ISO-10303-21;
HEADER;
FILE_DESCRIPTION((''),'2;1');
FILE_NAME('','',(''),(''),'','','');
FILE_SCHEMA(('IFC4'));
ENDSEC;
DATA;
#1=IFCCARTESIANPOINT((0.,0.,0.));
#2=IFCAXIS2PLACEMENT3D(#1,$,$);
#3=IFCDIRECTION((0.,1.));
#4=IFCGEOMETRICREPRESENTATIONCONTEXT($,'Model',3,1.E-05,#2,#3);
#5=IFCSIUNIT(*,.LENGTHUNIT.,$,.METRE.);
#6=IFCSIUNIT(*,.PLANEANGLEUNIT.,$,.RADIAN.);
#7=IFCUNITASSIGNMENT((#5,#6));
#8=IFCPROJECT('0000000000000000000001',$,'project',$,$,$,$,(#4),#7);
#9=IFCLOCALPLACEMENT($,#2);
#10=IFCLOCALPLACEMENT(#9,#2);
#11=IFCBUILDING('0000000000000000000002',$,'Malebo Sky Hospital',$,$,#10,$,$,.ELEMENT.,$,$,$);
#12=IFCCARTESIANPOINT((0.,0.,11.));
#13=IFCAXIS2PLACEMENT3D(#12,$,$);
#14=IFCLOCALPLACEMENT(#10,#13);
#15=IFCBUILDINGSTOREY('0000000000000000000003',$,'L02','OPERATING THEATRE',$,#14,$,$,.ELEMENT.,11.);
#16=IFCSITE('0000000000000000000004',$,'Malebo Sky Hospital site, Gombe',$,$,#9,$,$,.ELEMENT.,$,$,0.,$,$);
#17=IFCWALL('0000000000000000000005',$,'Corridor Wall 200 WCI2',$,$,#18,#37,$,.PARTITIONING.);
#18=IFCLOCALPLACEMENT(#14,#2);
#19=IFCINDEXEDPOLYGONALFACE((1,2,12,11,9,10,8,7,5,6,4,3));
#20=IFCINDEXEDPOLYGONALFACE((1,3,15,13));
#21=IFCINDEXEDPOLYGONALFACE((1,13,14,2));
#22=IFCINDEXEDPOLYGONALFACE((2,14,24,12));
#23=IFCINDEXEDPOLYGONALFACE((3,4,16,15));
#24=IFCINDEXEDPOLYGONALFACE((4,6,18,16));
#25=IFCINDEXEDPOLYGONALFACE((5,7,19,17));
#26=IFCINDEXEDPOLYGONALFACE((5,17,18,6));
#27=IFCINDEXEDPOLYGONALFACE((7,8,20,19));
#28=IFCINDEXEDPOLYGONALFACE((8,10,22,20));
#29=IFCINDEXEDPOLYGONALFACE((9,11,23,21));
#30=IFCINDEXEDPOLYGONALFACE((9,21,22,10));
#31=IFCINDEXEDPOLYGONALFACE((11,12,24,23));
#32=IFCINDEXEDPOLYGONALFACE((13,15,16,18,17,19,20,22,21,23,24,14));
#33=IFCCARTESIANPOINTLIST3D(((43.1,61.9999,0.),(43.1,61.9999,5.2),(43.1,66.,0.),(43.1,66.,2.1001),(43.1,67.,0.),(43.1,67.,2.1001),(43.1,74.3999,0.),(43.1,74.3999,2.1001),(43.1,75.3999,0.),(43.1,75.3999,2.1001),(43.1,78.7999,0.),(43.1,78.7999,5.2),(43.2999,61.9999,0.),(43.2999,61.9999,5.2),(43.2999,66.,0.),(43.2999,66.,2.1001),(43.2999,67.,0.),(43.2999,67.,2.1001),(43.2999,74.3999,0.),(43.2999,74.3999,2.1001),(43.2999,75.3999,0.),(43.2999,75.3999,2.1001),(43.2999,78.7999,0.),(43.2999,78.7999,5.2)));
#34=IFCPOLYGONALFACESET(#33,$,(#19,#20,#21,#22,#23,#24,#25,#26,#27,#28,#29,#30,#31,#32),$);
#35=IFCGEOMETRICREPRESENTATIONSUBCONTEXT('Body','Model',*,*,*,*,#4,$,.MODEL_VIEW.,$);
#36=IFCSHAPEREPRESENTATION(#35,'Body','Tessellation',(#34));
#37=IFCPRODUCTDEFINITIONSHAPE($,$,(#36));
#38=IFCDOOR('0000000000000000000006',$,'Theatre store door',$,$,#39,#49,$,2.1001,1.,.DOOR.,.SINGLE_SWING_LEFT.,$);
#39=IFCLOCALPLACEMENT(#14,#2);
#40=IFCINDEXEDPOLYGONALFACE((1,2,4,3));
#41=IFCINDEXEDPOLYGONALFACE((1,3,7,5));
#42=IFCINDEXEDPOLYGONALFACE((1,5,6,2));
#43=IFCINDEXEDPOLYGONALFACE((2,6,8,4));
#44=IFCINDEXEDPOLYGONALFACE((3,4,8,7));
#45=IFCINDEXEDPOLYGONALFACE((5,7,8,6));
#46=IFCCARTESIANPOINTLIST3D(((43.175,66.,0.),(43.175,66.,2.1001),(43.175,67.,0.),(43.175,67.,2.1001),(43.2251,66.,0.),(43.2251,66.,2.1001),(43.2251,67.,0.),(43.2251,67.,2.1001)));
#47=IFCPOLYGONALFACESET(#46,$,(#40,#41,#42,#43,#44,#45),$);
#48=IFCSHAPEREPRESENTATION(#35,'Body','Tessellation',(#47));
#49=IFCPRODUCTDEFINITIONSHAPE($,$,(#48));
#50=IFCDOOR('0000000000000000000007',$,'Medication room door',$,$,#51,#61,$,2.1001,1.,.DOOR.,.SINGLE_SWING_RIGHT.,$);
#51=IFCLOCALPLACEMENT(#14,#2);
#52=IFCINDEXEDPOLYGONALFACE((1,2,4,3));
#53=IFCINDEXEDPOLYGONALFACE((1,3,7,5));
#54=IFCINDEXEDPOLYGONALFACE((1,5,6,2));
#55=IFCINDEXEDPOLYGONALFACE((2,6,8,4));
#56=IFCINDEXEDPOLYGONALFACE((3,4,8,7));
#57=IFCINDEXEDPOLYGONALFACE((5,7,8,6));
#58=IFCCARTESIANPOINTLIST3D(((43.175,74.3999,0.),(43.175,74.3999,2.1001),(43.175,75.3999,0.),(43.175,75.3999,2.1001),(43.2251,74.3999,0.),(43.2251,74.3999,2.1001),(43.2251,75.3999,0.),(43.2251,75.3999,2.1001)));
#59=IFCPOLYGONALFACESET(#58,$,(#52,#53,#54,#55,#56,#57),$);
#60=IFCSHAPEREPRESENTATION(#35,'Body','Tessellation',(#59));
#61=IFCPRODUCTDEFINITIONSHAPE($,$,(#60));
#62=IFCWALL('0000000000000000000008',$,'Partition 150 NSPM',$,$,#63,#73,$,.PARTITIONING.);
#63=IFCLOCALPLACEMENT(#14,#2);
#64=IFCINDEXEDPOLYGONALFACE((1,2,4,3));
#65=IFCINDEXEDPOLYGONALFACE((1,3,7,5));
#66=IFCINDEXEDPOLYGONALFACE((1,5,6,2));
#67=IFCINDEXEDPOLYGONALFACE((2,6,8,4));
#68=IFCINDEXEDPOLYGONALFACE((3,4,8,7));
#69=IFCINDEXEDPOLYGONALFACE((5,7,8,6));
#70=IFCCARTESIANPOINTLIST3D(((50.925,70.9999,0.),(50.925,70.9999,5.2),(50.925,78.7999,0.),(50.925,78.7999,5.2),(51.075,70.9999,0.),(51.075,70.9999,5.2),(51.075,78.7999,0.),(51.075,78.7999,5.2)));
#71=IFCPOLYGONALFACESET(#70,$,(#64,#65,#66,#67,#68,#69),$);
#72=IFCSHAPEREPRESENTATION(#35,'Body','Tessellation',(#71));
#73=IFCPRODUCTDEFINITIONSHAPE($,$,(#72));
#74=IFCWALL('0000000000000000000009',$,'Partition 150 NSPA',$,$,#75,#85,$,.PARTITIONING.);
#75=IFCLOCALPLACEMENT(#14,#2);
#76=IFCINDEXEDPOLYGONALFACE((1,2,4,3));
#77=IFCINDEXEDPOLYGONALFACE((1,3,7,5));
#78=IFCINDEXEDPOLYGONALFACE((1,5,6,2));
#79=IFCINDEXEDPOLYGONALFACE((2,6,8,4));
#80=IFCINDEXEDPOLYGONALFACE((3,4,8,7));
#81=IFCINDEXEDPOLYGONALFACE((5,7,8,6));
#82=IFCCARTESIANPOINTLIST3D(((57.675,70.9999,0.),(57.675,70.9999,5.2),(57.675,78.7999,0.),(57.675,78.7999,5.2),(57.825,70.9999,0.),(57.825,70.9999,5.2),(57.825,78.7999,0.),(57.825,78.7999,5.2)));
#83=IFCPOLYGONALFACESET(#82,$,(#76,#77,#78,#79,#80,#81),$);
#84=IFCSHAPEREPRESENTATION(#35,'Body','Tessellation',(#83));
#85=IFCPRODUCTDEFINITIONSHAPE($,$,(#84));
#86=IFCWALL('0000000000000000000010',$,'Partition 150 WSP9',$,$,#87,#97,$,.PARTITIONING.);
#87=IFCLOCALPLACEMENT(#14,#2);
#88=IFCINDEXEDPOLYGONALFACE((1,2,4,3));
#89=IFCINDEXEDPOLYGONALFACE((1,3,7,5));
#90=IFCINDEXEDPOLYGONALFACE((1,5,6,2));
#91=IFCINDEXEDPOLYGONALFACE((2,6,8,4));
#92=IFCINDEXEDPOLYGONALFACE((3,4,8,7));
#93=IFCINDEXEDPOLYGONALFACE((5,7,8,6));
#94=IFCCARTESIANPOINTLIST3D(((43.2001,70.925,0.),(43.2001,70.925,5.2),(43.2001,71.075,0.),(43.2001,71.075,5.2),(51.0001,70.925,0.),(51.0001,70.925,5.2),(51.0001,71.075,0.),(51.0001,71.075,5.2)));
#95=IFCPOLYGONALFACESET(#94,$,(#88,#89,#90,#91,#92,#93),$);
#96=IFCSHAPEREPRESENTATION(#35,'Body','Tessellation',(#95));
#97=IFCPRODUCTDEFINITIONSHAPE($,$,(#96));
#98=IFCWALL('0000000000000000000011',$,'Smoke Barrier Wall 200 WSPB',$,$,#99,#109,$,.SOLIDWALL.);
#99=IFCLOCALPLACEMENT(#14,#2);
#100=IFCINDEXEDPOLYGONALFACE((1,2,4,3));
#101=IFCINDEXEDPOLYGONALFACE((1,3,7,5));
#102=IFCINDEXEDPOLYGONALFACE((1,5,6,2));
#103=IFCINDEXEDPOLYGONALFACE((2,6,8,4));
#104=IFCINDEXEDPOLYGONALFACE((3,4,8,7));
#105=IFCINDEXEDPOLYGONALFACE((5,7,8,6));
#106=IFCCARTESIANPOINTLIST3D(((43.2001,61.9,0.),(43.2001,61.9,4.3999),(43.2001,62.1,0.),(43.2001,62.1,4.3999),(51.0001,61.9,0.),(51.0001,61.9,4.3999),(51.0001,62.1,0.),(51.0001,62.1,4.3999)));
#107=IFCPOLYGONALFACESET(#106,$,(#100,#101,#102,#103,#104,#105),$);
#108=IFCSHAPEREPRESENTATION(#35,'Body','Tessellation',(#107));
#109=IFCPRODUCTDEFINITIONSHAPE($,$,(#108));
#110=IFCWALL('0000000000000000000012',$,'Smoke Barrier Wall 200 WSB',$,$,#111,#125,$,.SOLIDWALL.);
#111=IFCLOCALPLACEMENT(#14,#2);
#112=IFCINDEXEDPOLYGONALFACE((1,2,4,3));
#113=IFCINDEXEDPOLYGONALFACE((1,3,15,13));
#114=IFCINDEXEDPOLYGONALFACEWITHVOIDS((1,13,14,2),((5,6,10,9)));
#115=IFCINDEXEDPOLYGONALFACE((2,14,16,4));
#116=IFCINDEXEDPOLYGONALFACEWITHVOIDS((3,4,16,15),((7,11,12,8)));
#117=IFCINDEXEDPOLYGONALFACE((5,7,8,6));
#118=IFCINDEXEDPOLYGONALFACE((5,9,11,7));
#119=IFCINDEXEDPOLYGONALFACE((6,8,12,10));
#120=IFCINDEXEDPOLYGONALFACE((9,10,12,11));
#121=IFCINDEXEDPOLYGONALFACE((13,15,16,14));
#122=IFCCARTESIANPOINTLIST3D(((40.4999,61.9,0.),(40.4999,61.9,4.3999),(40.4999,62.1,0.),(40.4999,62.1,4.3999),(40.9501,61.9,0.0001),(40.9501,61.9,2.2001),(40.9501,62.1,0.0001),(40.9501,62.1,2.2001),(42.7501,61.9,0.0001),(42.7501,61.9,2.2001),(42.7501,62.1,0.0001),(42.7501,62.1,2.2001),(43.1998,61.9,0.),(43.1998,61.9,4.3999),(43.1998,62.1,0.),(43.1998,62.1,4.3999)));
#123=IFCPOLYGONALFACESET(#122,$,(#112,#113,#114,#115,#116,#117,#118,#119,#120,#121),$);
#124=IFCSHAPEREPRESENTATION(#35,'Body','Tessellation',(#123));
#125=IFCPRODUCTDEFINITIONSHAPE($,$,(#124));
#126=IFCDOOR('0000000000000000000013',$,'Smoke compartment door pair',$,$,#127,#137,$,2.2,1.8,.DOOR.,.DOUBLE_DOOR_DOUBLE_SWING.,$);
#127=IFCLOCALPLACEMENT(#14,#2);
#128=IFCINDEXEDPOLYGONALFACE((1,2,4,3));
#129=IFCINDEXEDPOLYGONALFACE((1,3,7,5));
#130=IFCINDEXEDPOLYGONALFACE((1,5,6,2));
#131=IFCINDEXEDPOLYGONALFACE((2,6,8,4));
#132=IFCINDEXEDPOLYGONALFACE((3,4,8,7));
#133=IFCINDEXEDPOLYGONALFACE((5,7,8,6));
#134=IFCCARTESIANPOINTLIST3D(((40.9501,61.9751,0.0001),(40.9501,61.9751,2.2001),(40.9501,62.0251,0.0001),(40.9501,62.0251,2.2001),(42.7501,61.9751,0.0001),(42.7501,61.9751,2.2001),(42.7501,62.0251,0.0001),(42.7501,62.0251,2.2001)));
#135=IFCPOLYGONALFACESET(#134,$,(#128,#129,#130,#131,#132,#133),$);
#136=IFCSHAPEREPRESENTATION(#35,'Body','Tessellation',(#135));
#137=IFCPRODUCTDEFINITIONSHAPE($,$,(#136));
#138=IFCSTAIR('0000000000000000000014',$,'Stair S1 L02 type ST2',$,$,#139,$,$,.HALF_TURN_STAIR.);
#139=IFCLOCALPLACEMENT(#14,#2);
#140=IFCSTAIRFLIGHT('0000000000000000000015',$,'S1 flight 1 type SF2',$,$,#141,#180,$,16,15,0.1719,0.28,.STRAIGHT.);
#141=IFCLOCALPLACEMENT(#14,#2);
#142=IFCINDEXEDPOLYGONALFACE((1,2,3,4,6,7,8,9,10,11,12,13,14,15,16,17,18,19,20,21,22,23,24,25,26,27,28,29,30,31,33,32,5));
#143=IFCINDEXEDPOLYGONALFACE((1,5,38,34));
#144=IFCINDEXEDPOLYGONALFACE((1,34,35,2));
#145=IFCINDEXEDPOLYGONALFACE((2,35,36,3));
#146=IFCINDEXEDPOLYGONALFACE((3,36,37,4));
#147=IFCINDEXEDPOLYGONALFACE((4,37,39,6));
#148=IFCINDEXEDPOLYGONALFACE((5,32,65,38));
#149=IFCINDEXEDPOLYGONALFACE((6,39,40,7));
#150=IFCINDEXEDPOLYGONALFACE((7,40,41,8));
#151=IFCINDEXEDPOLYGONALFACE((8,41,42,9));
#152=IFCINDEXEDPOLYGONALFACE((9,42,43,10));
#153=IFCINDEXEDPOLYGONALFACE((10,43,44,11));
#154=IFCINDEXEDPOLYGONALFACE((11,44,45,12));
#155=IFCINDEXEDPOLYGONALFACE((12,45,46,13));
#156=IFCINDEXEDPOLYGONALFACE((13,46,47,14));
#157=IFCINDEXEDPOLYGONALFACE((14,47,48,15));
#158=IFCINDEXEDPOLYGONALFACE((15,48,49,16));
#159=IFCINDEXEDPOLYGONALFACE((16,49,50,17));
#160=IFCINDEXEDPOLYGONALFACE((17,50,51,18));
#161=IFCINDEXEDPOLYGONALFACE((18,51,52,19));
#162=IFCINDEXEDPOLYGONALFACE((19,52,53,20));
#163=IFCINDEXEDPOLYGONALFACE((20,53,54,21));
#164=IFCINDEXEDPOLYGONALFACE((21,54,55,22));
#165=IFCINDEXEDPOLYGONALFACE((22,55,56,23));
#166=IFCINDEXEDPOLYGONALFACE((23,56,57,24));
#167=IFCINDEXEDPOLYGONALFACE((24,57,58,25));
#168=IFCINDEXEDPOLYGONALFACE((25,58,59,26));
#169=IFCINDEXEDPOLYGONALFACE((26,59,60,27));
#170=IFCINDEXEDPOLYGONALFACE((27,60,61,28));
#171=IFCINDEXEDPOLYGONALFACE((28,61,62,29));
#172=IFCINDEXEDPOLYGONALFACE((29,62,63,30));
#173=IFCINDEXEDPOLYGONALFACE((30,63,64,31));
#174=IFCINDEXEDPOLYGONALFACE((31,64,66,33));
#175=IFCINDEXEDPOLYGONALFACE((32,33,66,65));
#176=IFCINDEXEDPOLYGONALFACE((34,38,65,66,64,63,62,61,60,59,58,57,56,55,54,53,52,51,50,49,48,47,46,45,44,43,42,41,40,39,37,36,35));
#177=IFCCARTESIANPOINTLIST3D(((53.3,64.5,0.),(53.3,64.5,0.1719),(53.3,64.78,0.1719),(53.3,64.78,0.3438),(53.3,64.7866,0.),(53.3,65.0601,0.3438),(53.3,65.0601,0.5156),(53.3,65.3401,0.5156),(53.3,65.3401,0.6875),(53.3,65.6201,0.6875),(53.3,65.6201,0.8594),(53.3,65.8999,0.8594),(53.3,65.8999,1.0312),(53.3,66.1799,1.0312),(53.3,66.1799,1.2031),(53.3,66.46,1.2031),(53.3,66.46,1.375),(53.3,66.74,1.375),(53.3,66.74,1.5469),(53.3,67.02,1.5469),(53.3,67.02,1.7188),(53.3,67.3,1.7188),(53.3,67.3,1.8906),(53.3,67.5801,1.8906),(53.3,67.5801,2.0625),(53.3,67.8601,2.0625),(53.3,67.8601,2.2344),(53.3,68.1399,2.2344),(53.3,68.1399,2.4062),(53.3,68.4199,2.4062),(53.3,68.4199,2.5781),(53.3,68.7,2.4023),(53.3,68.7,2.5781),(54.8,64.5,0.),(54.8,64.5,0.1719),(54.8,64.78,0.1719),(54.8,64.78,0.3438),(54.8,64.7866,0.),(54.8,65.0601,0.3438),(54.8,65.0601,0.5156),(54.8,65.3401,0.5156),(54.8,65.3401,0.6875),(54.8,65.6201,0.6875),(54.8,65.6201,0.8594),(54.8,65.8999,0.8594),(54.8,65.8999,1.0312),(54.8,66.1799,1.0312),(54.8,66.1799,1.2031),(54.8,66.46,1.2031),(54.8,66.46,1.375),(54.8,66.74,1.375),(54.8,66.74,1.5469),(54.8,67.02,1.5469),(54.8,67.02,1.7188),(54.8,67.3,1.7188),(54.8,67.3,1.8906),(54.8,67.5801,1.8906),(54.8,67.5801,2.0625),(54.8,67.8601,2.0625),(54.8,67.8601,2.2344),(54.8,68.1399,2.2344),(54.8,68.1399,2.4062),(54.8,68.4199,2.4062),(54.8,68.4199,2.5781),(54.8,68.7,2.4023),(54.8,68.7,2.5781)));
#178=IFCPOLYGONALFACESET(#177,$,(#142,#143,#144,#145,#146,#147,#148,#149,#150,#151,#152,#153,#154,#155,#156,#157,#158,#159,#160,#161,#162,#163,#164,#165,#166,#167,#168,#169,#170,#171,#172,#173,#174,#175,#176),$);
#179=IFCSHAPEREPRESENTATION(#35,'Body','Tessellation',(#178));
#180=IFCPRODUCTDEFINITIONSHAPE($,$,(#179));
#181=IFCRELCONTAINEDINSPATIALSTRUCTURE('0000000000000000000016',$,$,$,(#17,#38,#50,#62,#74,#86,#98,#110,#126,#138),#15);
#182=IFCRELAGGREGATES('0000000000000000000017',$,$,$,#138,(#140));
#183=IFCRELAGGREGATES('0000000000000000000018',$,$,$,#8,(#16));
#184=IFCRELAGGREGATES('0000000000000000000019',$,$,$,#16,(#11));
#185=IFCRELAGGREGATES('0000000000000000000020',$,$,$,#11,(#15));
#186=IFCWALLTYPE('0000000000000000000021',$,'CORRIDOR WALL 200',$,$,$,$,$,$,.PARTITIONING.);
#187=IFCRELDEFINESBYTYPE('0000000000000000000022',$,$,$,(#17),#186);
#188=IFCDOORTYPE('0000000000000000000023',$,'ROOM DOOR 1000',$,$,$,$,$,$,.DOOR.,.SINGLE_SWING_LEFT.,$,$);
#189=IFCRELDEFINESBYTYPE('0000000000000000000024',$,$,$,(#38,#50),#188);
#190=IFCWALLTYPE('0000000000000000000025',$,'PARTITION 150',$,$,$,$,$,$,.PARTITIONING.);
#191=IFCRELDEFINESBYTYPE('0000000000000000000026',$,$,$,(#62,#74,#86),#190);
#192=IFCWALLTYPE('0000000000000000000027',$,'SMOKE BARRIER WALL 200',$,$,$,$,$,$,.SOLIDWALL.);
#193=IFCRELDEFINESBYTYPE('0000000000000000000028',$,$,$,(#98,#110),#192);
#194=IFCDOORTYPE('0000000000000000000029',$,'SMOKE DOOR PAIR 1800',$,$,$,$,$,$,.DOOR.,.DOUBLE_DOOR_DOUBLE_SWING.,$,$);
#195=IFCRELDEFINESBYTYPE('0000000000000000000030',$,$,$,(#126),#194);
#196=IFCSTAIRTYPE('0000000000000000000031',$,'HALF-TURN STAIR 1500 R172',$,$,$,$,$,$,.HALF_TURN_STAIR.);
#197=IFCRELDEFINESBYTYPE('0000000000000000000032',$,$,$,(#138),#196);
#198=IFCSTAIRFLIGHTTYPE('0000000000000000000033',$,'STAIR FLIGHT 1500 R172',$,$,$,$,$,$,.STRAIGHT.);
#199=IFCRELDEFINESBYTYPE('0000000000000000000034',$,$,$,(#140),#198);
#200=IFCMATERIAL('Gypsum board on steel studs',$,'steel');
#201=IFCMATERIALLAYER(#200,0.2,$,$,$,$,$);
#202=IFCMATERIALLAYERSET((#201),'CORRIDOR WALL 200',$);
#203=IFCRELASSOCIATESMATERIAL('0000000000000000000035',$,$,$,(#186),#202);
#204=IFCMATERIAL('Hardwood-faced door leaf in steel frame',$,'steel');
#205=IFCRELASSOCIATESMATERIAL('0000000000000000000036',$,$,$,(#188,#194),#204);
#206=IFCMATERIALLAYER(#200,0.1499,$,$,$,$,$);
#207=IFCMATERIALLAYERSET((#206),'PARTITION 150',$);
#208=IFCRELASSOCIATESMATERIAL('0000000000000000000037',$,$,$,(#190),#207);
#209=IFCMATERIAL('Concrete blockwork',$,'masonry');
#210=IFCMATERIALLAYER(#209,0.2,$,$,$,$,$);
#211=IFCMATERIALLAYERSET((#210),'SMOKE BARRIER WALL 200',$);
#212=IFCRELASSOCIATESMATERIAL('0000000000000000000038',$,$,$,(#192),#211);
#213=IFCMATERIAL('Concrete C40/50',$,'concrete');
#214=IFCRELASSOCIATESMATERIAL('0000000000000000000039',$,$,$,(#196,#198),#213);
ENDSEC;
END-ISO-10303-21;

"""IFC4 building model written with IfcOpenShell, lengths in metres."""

from ifc_helpers import new_model, si_unit, direction, frame, frame_2d, origin, place, context, subcontext, project, spatial, polyline, rectangle, outline, extrude, material, layer, layer_set, type_object, element, fill, aggregate, save


model = new_model("IFC4")

# Units and contexts
model_context = context("Model", 3, precision=1e-05, world=origin(), true_north=direction((0.0, 1.0)))
body_context = subcontext(model_context, "Body", "Model", "MODEL_VIEW")
ifc_project = project(units=[si_unit("LENGTHUNIT", "METRE"), si_unit("PLANEANGLEUNIT", "RADIAN")], contexts=[model_context])

# Site, building, storey
site_placement = place(None, origin())
site = spatial("IfcSite", under=ifc_project, at=site_placement, Name="Malebo Sky Hospital site, Gombe", CompositionType="ELEMENT", RefElevation=0.0)
building_placement = place(site_placement, origin())
building = spatial("IfcBuilding", under=site, at=building_placement, Name="Malebo Sky Hospital", CompositionType="ELEMENT")
storey_placement = place(building_placement, frame((0.0, 0.0, 11.0)))
storey = spatial("IfcBuildingStorey", under=building, at=storey_placement, Name="L02", Description="OPERATING THEATRE", CompositionType="ELEMENT", Elevation=11.0)

# Shared definitions
ifc_material_1 = material(Name="Hardwood-faced door leaf in steel frame", Category="steel")

# Wall, openings, doors
ifc_material_2 = material(Name="Gypsum board on steel studs", Category="steel")
ifc_layer_1 = layer(ifc_material_2, 0.2)
ifc_layer_set_1 = layer_set([ifc_layer_1], Name="CORRIDOR WALL 200")
wall_type_1 = type_object("IfcWallType", Name="CORRIDOR WALL 200", PredefinedType="PARTITIONING", material=ifc_layer_set_1)
wall_1_placement = place(storey_placement, frame((43.2, 62.0, 0.0), z_axis=(0.0, 0.0, 1.0), x_axis=(0.0, 1.0, 0.0)))
wall_1 = element("IfcWall", 1, at=wall_1_placement, inside=storey, type_object=wall_type_1, Name="Corridor Wall 200 WCI2", PredefinedType="PARTITIONING", context=body_context, shape_type="SweptSolid", body=[
    extrude(rectangle(XDim=16.8, YDim=0.2, at=frame_2d((8.3999, 0.0))), origin(), (0.0, 0.0, 1.0), 5.2),
])
opening_1_placement = place(wall_1_placement, frame((4.0, 0.0, 0.0)))
opening_1 = element("IfcOpeningElement", 2, at=opening_1_placement, cuts=wall_1, PredefinedType="OPENING", context=body_context, shape_type="SweptSolid", body=[
    extrude(rectangle(XDim=1.0, YDim=2.1001, at=frame_2d((0.5, 1.05))), frame((0.0, 0.1099, 0.0), z_axis=(0.0, -1.0, 0.0), x_axis=(1.0, 0.0, 0.0)), (0.0, 0.0, 1.0), 0.22),
])
opening_2_placement = place(wall_1_placement, frame((12.3999, 0.0, 0.0)))
opening_2 = element("IfcOpeningElement", 3, at=opening_2_placement, cuts=wall_1, PredefinedType="OPENING", context=body_context, shape_type="SweptSolid", body=[
    extrude(rectangle(XDim=1.0, YDim=2.1001, at=frame_2d((0.5, 1.05))), frame((0.0, 0.1099, 0.0), z_axis=(0.0, -1.0, 0.0), x_axis=(1.0, 0.0, 0.0)), (0.0, 0.0, 1.0), 0.22),
])
door_type_1 = type_object("IfcDoorType", Name="ROOM DOOR 1000", OperationType="SINGLE_SWING_LEFT", PredefinedType="DOOR", material=ifc_material_1)
door_1_placement = place(opening_1_placement, origin())
door_1 = element("IfcDoor", 4, at=door_1_placement, inside=storey, type_object=door_type_1, Name="Theatre store door", OperationType="SINGLE_SWING_LEFT", OverallHeight=2.1001, OverallWidth=1.0, PredefinedType="DOOR", context=body_context, shape_type="SweptSolid", body=[
    extrude(rectangle(XDim=1.0, YDim=2.1001, at=frame_2d((0.5, 1.05))), frame((0.0, 0.0249, 0.0), z_axis=(0.0, -1.0, 0.0), x_axis=(1.0, 0.0, 0.0)), (0.0, 0.0, 1.0), 0.05),
])
fill(opening_1, door_1)
door_2_placement = place(opening_2_placement, origin())
door_2 = element("IfcDoor", 5, at=door_2_placement, inside=storey, type_object=door_type_1, Name="Medication room door", OperationType="SINGLE_SWING_RIGHT", OverallHeight=2.1001, OverallWidth=1.0, PredefinedType="DOOR", context=body_context, shape_type="SweptSolid", body=[
    extrude(rectangle(XDim=1.0, YDim=2.1001, at=frame_2d((0.5, 1.05))), frame((0.0, 0.0249, 0.0), z_axis=(0.0, -1.0, 0.0), x_axis=(1.0, 0.0, 0.0)), (0.0, 0.0, 1.0), 0.05),
])
fill(opening_2, door_2)

# Walls
ifc_layer_2 = layer(ifc_material_2, 0.1499)
ifc_layer_set_2 = layer_set([ifc_layer_2], Name="PARTITION 150")
wall_type_2 = type_object("IfcWallType", Name="PARTITION 150", PredefinedType="PARTITIONING", material=ifc_layer_set_2)
for number, where, z_axis, x_axis, name in (
    (6, (51.0, 71.0, 0.0), (0.0, 0.0, 1.0), (0.0, 1.0, 0.0), "Partition 150 NSPM"),
    (7, (57.75, 71.0, 0.0), (0.0, 0.0, 1.0), (0.0, 1.0, 0.0), "Partition 150 NSPA"),
    (8, (51.0, 71.0, 0.0), (0.0, 0.0, 1.0), (-1.0, 0.0, 0.0), "Partition 150 WSP9"),
):
    element("IfcWall", number, at=place(storey_placement, frame(where, z_axis=z_axis, x_axis=x_axis)), inside=storey, type_object=wall_type_2, Name=name, PredefinedType="PARTITIONING", context=body_context, shape_type="SweptSolid", body=[
        extrude(rectangle(XDim=7.8, YDim=0.1499, at=frame_2d((3.8999, 0.0))), origin(), (0.0, 0.0, 1.0), 5.2),
    ])
ifc_material_3 = material(Name="Concrete blockwork", Category="masonry")
ifc_layer_3 = layer(ifc_material_3, 0.2)
ifc_layer_set_3 = layer_set([ifc_layer_3], Name="SMOKE BARRIER WALL 200")
wall_type_3 = type_object("IfcWallType", Name="SMOKE BARRIER WALL 200", PredefinedType="SOLIDWALL", material=ifc_layer_set_3)
wall_2_placement = place(storey_placement, frame((51.0, 62.0, 0.0), z_axis=(0.0, 0.0, 1.0), x_axis=(-1.0, 0.0, 0.0)))
element("IfcWall", 9, at=wall_2_placement, inside=storey, type_object=wall_type_3, Name="Smoke Barrier Wall 200 WSPB", PredefinedType="SOLIDWALL", context=body_context, shape_type="SweptSolid", body=[
    extrude(rectangle(XDim=7.8, YDim=0.2, at=frame_2d((3.8999, 0.0))), origin(), (0.0, 0.0, 1.0), 4.3999),
])

# Wall, opening, door
wall_3_placement = place(storey_placement, frame((43.2, 62.0, 0.0), z_axis=(0.0, 0.0, 1.0), x_axis=(-1.0, 0.0, 0.0)))
wall_3 = element("IfcWall", 10, at=wall_3_placement, inside=storey, type_object=wall_type_3, Name="Smoke Barrier Wall 200 WSB", PredefinedType="SOLIDWALL", context=body_context, shape_type="SweptSolid", body=[
    extrude(rectangle(XDim=2.7, YDim=0.2, at=frame_2d((1.3501, 0.0))), origin(), (0.0, 0.0, 1.0), 4.3999),
])
opening_3_placement = place(wall_3_placement, frame((0.45, 0.0, 0.0)))
opening_3 = element("IfcOpeningElement", 11, at=opening_3_placement, cuts=wall_3, PredefinedType="OPENING", context=body_context, shape_type="SweptSolid", body=[
    extrude(rectangle(XDim=1.8, YDim=2.2, at=frame_2d((0.8999, 1.1001))), frame((0.0, 0.1099, 0.0), z_axis=(0.0, -1.0, 0.0), x_axis=(1.0, 0.0, 0.0)), (0.0, 0.0, 1.0), 0.22),
])
door_type_2 = type_object("IfcDoorType", Name="SMOKE DOOR PAIR 1800", OperationType="DOUBLE_DOOR_DOUBLE_SWING", PredefinedType="DOOR", material=ifc_material_1)
door_3_placement = place(opening_3_placement, origin())
door_3 = element("IfcDoor", 12, at=door_3_placement, inside=storey, type_object=door_type_2, Name="Smoke compartment door pair", OperationType="DOUBLE_DOOR_DOUBLE_SWING", OverallHeight=2.2, OverallWidth=1.8, PredefinedType="DOOR", context=body_context, shape_type="SweptSolid", body=[
    extrude(rectangle(XDim=1.8, YDim=2.2, at=frame_2d((0.8999, 1.1001))), frame((0.0, 0.0249, 0.0), z_axis=(0.0, -1.0, 0.0), x_axis=(1.0, 0.0, 0.0)), (0.0, 0.0, 1.0), 0.05),
])
fill(opening_3, door_3)

# Stair, stair flight
ifc_material_4 = material(Name="Concrete C40/50", Category="concrete")
stair_type = type_object("IfcStairType", Name="HALF-TURN STAIR 1500 R172", PredefinedType="HALF_TURN_STAIR", material=ifc_material_4)
stair_placement = place(storey_placement, origin())
stair = element("IfcStair", 13, at=stair_placement, inside=storey, type_object=stair_type, Name="Stair S1 L02 type ST2", PredefinedType="HALF_TURN_STAIR")
stair_flight_type = type_object("IfcStairFlightType", Name="STAIR FLIGHT 1500 R172", PredefinedType="STRAIGHT", material=ifc_material_4)
stair_flight_1_placement = place(storey_placement, frame((54.05, 64.5, 0.0), z_axis=(0.0, 0.0, 1.0), x_axis=(0.0, 1.0, 0.0)))
stair_flight_1 = element("IfcStairFlight", 14, at=stair_flight_1_placement, type_object=stair_flight_type, Name="S1 flight 1 type SF2", NumberOfRisers=16, NumberOfTreads=15, PredefinedType="STRAIGHT", RiserHeight=0.1719, TreadLength=0.28, context=body_context, shape_type="SweptSolid", body=[
    extrude(outline(polyline([(0.0, 0.0), (0.0, 0.1719), (0.28, 0.1719), (0.28, 0.3438), (0.5601, 0.3438), (0.5601, 0.5156), (0.8401, 0.5156), (0.8401, 0.6875), (1.1201, 0.6875), (1.1201, 0.8594), (1.3999, 0.8594), (1.3999, 1.0312), (1.6799, 1.0312), (1.6799, 1.2031), (1.96, 1.2031), (1.96, 1.375), (2.24, 1.375), (2.24, 1.5469), (2.52, 1.5469), (2.52, 1.7188), (2.8, 1.7188), (2.8, 1.8906), (3.0801, 1.8906), (3.0801, 2.0625), (3.3601, 2.0625), (3.3601, 2.2344), (3.6399, 2.2344), (3.6399, 2.4062), (3.9199, 2.4062), (3.9199, 2.5781), (4.2, 2.5781), (4.2, 2.75), (4.2, 2.4023), (0.2866, 0.0), (0.0, 0.0)])), frame((0.0, 0.75, 0.0), z_axis=(0.0, -1.0, 0.0), x_axis=(1.0, 0.0, 0.0)), (0.0, 0.0, 1.0), 1.5),
])
aggregate(stair, [stair_flight_1])

save(model, "model.ifc")
